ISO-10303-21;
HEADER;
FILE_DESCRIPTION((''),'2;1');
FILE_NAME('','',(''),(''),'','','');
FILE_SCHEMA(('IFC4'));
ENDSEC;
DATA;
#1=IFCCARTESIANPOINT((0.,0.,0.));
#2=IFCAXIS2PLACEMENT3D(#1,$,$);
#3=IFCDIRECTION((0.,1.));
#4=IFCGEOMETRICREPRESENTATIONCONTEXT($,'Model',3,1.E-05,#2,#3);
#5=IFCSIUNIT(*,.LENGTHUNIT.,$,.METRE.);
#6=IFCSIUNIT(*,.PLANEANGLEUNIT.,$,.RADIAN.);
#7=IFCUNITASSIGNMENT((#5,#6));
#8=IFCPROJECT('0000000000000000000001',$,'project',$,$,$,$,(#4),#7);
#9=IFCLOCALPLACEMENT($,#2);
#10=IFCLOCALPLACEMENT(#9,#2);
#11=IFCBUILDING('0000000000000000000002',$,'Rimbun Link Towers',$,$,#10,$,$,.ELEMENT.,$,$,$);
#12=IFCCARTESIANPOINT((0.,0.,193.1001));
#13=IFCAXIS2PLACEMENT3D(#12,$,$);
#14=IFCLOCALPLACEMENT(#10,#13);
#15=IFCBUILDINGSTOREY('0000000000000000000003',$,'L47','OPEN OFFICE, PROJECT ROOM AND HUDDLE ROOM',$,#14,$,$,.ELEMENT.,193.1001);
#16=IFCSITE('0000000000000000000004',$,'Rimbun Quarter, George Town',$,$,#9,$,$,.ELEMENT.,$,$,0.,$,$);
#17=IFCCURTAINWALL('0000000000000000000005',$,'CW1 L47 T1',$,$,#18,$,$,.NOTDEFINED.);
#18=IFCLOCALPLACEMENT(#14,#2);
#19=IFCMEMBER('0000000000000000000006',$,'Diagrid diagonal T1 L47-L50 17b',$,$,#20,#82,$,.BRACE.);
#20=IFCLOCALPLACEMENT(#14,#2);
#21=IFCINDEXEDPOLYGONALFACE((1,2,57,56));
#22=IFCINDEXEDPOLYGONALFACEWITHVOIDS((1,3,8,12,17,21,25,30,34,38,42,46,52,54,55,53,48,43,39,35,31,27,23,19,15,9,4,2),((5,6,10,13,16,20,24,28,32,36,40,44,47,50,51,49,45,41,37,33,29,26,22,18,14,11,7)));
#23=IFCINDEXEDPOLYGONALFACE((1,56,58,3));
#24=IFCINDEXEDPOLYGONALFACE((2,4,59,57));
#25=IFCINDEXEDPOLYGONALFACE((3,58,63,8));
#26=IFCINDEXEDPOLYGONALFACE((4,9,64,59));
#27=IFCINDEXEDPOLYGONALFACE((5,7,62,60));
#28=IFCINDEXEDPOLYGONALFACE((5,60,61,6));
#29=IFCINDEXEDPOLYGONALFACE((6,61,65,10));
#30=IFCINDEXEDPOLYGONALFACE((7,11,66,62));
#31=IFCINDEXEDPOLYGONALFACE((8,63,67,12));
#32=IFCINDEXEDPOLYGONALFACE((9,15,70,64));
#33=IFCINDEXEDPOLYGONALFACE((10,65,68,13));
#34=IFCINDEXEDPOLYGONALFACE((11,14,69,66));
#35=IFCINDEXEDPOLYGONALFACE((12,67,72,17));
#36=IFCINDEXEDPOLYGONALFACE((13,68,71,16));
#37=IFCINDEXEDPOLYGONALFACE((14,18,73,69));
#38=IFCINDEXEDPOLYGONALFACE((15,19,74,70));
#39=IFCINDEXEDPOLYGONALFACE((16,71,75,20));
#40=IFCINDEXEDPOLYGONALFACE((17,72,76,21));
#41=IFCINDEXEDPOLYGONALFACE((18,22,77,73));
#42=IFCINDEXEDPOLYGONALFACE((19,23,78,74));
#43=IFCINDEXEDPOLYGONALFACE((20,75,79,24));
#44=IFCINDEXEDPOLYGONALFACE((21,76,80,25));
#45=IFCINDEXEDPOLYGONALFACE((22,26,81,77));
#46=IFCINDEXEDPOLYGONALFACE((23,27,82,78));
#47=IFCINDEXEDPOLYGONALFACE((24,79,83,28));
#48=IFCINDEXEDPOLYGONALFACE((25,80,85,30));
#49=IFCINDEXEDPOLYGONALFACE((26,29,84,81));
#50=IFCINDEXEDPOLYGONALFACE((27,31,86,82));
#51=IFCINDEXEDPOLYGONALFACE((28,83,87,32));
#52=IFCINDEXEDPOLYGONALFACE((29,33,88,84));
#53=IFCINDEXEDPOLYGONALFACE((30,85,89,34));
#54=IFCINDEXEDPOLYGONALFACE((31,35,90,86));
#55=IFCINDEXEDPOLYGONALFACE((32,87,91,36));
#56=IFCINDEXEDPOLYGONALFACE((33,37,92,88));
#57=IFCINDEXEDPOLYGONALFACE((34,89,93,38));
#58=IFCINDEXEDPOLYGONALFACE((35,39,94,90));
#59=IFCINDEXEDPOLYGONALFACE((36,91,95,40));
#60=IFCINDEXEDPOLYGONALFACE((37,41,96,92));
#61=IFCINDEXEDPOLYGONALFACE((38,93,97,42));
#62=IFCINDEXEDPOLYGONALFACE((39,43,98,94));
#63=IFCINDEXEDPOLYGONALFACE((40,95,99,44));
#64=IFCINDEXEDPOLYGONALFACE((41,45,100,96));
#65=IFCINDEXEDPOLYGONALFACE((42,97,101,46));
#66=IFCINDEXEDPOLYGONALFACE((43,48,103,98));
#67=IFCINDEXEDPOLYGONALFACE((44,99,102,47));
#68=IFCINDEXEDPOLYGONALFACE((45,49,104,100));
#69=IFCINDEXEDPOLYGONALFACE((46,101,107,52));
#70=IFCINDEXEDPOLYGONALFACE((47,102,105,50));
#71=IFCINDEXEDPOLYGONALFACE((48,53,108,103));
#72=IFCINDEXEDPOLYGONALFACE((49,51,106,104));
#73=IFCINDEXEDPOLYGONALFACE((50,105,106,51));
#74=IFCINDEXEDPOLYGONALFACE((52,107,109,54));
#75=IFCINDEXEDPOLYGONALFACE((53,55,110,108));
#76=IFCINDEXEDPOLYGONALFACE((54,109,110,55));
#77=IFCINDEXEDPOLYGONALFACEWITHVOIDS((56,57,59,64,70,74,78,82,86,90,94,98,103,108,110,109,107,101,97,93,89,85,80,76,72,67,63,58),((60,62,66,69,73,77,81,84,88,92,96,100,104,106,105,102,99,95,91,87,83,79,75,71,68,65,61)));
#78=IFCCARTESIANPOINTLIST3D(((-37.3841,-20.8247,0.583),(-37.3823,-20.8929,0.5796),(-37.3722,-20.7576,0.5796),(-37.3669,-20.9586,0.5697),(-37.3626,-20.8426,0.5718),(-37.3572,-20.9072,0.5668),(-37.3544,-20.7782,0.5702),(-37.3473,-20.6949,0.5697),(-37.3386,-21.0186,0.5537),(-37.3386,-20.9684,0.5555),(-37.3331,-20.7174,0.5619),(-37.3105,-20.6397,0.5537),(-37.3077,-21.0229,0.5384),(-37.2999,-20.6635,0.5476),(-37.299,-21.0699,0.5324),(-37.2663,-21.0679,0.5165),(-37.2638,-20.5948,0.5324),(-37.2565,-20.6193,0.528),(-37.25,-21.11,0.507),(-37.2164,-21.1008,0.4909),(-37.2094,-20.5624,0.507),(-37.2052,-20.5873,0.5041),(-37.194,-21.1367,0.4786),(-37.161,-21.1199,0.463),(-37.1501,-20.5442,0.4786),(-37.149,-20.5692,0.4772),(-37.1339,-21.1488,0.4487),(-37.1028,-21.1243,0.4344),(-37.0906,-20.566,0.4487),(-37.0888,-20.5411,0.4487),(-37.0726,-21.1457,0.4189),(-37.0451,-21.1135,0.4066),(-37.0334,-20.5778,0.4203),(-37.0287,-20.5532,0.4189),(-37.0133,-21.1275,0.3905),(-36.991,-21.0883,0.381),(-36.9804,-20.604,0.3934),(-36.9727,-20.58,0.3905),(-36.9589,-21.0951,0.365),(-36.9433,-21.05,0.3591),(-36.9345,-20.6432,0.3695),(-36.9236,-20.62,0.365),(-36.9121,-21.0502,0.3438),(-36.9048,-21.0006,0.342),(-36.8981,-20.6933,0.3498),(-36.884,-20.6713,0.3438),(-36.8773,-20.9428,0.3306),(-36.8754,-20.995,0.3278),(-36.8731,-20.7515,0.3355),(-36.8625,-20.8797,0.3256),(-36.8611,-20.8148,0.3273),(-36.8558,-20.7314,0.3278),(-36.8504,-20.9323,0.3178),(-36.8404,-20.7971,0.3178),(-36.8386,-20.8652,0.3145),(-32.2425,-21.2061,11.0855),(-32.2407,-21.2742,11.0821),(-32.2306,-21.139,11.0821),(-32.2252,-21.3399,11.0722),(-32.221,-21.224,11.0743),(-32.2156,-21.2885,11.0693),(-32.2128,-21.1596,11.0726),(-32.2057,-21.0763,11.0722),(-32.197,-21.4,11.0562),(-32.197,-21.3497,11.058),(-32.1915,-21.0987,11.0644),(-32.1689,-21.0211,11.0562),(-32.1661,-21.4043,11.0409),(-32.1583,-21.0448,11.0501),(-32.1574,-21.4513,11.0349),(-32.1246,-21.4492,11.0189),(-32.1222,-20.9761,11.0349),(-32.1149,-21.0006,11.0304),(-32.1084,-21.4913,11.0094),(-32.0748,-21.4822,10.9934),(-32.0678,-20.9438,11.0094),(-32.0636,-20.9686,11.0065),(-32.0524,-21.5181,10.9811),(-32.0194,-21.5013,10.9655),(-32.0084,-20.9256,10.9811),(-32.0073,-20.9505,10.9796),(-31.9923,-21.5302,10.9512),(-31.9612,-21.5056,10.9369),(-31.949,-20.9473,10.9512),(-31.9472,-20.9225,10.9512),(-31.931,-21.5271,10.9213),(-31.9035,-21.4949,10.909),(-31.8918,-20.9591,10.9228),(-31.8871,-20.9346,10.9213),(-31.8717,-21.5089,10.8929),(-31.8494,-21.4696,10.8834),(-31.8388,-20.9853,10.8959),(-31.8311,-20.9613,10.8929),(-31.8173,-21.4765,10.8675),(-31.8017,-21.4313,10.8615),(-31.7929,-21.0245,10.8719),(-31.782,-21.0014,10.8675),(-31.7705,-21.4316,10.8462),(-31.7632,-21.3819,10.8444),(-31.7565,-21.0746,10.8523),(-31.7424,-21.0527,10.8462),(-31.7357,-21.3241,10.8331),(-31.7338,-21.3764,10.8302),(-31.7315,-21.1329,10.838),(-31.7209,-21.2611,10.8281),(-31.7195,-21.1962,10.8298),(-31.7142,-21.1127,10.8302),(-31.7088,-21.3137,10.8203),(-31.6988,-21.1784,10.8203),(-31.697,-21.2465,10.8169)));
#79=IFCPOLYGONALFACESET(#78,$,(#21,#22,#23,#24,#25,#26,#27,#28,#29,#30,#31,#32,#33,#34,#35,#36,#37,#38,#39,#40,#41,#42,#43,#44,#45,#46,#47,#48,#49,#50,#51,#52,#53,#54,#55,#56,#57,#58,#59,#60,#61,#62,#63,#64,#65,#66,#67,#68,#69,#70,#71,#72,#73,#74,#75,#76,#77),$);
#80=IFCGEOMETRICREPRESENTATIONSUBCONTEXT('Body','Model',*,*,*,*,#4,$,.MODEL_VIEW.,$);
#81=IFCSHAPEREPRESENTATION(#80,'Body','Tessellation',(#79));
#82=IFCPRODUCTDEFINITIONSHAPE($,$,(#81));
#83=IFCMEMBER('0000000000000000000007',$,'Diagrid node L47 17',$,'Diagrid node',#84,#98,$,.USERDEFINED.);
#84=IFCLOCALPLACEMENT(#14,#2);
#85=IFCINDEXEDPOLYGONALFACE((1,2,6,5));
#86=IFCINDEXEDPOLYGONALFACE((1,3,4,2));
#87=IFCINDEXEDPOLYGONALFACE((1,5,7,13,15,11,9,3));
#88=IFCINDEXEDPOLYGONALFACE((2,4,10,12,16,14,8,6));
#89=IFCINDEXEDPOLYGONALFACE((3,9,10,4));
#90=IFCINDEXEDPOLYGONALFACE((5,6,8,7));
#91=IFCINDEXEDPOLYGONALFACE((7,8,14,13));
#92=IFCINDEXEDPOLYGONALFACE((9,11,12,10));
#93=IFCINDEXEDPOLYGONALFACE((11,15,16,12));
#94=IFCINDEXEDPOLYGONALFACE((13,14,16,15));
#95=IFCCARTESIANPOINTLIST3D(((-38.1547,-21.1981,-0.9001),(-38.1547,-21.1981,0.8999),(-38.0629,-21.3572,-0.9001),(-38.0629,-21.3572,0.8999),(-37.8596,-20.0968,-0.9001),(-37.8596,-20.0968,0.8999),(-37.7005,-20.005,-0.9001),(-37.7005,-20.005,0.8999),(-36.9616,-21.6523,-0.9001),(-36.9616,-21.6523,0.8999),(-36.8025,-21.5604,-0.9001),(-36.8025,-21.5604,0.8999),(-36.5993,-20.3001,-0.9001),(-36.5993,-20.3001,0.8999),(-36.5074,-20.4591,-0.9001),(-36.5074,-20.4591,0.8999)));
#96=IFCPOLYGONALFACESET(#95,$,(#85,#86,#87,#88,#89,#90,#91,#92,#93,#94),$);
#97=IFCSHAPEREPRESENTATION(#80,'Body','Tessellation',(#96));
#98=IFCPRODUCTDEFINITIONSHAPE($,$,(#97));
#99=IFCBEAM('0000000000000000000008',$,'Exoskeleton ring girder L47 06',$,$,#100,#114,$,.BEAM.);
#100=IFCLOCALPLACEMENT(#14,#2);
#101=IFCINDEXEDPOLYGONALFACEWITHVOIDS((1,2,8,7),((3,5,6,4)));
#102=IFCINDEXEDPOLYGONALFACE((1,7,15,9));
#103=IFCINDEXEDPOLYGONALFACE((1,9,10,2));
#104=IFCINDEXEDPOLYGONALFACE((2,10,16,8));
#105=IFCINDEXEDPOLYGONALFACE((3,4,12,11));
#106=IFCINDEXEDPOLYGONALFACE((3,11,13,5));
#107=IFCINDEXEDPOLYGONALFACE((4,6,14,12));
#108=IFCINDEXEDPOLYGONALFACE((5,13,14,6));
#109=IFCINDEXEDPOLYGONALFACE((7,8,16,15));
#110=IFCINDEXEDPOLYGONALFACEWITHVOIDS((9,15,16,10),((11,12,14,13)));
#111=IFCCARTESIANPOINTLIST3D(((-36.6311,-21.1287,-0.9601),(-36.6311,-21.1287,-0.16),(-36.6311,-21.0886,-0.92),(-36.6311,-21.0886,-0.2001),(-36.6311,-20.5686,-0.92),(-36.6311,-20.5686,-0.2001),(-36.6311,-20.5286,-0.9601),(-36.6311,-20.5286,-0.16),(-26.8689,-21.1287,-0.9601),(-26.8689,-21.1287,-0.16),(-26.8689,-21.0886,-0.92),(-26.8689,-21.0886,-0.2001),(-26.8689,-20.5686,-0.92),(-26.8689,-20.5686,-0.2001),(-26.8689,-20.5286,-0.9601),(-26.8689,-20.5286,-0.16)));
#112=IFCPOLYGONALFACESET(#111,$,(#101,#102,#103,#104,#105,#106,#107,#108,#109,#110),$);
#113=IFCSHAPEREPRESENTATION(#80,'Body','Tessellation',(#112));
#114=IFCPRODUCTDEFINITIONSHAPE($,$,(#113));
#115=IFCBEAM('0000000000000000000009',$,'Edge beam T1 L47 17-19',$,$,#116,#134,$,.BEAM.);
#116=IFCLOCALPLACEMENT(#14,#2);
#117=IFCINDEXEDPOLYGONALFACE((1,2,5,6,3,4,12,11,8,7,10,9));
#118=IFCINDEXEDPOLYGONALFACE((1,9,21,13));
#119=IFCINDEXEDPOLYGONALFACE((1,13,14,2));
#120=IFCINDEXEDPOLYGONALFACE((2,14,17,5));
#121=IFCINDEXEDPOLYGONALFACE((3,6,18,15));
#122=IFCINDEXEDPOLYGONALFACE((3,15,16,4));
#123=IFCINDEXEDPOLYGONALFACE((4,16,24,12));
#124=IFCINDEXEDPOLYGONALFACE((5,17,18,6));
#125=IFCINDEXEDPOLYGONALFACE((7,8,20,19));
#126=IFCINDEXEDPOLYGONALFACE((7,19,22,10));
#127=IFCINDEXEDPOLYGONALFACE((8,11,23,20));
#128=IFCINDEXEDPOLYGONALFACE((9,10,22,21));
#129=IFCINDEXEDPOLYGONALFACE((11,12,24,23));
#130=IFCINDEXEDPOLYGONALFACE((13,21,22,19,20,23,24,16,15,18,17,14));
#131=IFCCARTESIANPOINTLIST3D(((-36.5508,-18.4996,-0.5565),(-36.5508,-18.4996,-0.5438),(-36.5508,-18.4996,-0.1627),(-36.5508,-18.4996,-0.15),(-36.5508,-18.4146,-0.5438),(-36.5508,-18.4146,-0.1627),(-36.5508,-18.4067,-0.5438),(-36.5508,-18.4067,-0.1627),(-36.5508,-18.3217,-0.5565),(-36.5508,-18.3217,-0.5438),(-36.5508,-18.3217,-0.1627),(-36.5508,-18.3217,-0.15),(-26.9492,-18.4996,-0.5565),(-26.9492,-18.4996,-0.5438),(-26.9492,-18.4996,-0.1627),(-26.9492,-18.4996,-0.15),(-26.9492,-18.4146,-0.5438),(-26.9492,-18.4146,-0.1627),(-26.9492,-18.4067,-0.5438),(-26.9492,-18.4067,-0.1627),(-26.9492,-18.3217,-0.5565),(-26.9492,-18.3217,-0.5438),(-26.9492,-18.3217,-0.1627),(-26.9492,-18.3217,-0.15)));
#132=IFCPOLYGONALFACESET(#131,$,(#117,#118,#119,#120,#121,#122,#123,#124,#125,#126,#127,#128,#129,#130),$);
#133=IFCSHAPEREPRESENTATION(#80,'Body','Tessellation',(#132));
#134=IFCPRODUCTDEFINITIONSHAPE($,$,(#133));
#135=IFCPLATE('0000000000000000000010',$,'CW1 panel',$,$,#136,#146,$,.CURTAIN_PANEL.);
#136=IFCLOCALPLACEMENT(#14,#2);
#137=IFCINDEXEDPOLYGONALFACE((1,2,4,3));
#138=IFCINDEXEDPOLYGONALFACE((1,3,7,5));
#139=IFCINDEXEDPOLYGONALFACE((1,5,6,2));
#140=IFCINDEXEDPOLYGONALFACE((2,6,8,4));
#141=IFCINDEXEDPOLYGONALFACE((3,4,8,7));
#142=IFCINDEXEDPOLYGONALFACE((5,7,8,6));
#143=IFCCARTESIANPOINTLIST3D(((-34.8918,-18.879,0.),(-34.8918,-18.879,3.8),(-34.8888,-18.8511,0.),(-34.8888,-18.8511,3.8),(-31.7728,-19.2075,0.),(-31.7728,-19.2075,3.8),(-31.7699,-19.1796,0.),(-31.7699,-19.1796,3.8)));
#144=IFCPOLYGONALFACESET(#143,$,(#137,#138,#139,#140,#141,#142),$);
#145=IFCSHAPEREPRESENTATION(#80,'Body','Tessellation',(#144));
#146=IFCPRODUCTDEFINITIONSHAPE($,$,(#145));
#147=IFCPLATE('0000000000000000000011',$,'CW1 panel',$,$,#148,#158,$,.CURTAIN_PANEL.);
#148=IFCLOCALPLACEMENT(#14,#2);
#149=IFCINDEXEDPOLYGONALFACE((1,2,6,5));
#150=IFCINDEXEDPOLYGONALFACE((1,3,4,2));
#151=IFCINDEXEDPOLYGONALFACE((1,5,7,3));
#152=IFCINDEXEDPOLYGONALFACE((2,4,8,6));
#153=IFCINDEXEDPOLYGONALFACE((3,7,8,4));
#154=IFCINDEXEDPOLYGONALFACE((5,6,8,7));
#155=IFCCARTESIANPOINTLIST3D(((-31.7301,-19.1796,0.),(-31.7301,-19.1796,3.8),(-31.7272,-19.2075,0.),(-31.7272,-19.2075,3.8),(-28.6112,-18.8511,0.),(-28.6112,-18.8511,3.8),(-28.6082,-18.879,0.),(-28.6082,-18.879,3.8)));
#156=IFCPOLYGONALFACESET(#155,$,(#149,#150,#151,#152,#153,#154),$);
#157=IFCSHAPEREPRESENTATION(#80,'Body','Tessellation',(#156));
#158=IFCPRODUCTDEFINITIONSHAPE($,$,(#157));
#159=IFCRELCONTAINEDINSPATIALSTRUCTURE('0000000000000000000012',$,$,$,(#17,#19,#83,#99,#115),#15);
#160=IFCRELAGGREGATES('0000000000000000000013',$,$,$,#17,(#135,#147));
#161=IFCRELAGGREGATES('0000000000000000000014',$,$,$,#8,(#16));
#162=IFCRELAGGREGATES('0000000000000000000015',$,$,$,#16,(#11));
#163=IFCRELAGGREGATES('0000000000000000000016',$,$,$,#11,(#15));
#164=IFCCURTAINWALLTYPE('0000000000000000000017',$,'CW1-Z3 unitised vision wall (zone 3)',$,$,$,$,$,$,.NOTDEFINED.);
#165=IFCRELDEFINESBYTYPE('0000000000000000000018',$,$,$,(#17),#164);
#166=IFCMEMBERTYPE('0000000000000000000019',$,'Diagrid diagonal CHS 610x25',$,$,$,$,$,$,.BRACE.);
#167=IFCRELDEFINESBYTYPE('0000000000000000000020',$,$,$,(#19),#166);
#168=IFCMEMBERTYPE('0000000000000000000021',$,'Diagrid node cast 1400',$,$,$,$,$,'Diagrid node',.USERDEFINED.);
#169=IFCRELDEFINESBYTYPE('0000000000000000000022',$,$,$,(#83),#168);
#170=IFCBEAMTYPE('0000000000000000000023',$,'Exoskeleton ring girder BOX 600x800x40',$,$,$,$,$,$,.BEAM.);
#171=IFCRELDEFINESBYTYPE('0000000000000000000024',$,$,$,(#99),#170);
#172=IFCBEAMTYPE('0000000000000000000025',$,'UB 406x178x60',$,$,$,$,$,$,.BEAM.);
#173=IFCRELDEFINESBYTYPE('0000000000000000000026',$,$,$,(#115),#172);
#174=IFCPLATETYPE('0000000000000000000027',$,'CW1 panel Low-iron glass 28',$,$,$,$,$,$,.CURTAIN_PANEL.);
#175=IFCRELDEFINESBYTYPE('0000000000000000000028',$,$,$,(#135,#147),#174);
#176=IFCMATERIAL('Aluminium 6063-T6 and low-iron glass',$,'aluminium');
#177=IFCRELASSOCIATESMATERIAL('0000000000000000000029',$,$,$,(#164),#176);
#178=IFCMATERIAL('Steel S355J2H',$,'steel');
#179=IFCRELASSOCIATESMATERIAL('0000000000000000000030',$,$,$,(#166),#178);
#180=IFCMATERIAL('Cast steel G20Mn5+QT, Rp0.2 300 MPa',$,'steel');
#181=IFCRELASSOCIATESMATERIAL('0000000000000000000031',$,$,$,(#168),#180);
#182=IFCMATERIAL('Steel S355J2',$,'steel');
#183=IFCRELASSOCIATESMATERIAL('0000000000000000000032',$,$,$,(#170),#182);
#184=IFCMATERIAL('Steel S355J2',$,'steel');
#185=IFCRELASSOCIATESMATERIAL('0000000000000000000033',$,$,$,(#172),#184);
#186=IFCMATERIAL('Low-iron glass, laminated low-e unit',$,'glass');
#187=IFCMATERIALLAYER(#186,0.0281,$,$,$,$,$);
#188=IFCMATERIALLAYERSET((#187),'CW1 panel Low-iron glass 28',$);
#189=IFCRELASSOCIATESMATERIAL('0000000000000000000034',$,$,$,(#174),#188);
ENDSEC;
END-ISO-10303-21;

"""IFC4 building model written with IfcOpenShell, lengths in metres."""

from ifc_helpers import new_model, si_unit, direction, frame, origin, origin_2d, place, context, subcontext, project, spatial, polyline, rectangle, hollow_rectangle, hollow_circle, i_section, outline, extrude, material, layer, layer_set, material_profile, profile_set, type_object, element, aggregate, save


model = new_model("IFC4")

# Units and contexts
model_context = context("Model", 3, precision=1e-05, world=origin(), true_north=direction((0.0, 1.0)))
body_context = subcontext(model_context, "Body", "Model", "MODEL_VIEW")
ifc_project = project(units=[si_unit("LENGTHUNIT", "METRE"), si_unit("PLANEANGLEUNIT", "RADIAN")], contexts=[model_context])

# Site, building, storey
site_placement = place(None, origin())
site = spatial("IfcSite", under=ifc_project, at=site_placement, Name="Rimbun Quarter, George Town", CompositionType="ELEMENT", RefElevation=0.0)
building_placement = place(site_placement, origin())
building = spatial("IfcBuilding", under=site, at=building_placement, Name="Rimbun Link Towers", CompositionType="ELEMENT")
storey_placement = place(building_placement, frame((0.0, 0.0, 193.1001)))
storey = spatial("IfcBuildingStorey", under=building, at=storey_placement, Name="L47", Description="OPEN OFFICE, PROJECT ROOM AND HUDDLE ROOM", CompositionType="ELEMENT", Elevation=193.1001)

# Curtain wall
ifc_material_1 = material(Name="Aluminium 6063-T6 and low-iron glass", Category="aluminium")
curtain_wall_type = type_object("IfcCurtainWallType", Name="CW1-Z3 unitised vision wall (zone 3)", PredefinedType="NOTDEFINED", material=ifc_material_1)
curtain_wall_placement = place(storey_placement, origin())
curtain_wall = element("IfcCurtainWall", 1, at=curtain_wall_placement, inside=storey, type_object=curtain_wall_type, Name="CW1 L47 T1", PredefinedType="NOTDEFINED")

# Members
ifc_material_2 = material(Name="Steel S355J2H", Category="steel")
ifc_material_profile_1 = material_profile(ifc_material_2, hollow_circle(Radius=0.3047, WallThickness=0.0249, at=origin_2d()), Name="Diagrid diagonal CHS 610x25")
ifc_profile_set_1 = profile_set([ifc_material_profile_1], Name="Steel S355J2H")
member_type_1 = type_object("IfcMemberType", Name="Diagrid diagonal CHS 610x25", PredefinedType="BRACE", material=ifc_profile_set_1)
member_1_placement = place(storey_placement, frame((-37.1113, -20.845, 0.4487), z_axis=(0.439465, -0.032595, 0.897668), x_axis=(0.073966, 0.997261, 0.0)))
element("IfcMember", 2, at=member_1_placement, inside=storey, type_object=member_type_1, Name="Diagrid diagonal T1 L47-L50 17b", PredefinedType="BRACE", context=body_context, shape_type="SweptSolid", body=[
    extrude(hollow_circle(Radius=0.3047, WallThickness=0.0249, at=origin_2d()), origin(), (0.0, 0.0, 1.0), 11.6997),
])
ifc_material_3 = material(Name="Cast steel G20Mn5+QT, Rp0.2 300 MPa", Category="steel")
ifc_material_profile_2 = material_profile(ifc_material_3, outline(polyline([(0.7, -0.5701), (0.7, 0.5701), (0.5701, 0.7), (-0.5701, 0.7), (-0.7, 0.5701), (-0.7, -0.5701), (-0.5701, -0.7), (0.5701, -0.7), (0.7, -0.5701)])), Name="NODE 1400x1400")
ifc_profile_set_2 = profile_set([ifc_material_profile_2], Name="Cast steel G20Mn5+QT, Rp0.2 300 MPa")
member_type_2 = type_object("IfcMemberType", Name="Diagrid node cast 1400", ElementType="Diagrid node", PredefinedType="USERDEFINED", material=ifc_profile_set_2)
member_2_placement = place(storey_placement, frame((-37.3311, -20.8286, -0.9001), z_axis=(0.0, 0.0, 1.0), x_axis=(-0.258819, -0.965926, 0.0)))
element("IfcMember", 3, at=member_2_placement, inside=storey, type_object=member_type_2, Name="Diagrid node L47 17", ObjectType="Diagrid node", PredefinedType="USERDEFINED", context=body_context, shape_type="SweptSolid", body=[
    extrude(outline(polyline([(0.7, -0.5701), (0.7, 0.5701), (0.5701, 0.7), (-0.5701, 0.7), (-0.7, 0.5701), (-0.7, -0.5701), (-0.5701, -0.7), (0.5701, -0.7), (0.7, -0.5701)])), origin(), (0.0, 0.0, 1.0), 1.8),
])

# Beams
ifc_material_4 = material(Name="Steel S355J2", Category="steel")
ifc_material_profile_3 = material_profile(ifc_material_4, hollow_rectangle(XDim=0.6001, YDim=0.8, WallThickness=0.04, at=origin_2d()), Name="Exoskeleton ring girder BOX 600x800x40")
ifc_profile_set_3 = profile_set([ifc_material_profile_3], Name="Steel S355J2")
beam_type_1 = type_object("IfcBeamType", Name="Exoskeleton ring girder BOX 600x800x40", PredefinedType="BEAM", material=ifc_profile_set_3)
beam_1_placement = place(storey_placement, frame((-36.6311, -20.8286, -0.5601), z_axis=(1.0, 0.0, 0.0), x_axis=(0.0, 1.0, 0.0)))
element("IfcBeam", 4, at=beam_1_placement, inside=storey, type_object=beam_type_1, Name="Exoskeleton ring girder L47 06", PredefinedType="BEAM", context=body_context, shape_type="SweptSolid", body=[
    extrude(hollow_rectangle(XDim=0.6001, YDim=0.8, WallThickness=0.04, at=origin_2d()), origin(), (0.0, 0.0, 1.0), 9.7622),
])
ifc_material_5 = material(Name="Steel S355J2", Category="steel")
ifc_material_profile_4 = material_profile(ifc_material_5, i_section(OverallWidth=0.178, OverallDepth=0.4065, WebThickness=0.0078, FlangeThickness=0.0127, at=origin_2d()), Name="UB 406x178x60")
ifc_profile_set_4 = profile_set([ifc_material_profile_4], Name="Steel S355J2")
beam_type_2 = type_object("IfcBeamType", Name="UB 406x178x60", PredefinedType="BEAM", material=ifc_profile_set_4)
beam_2_placement = place(storey_placement, frame((-36.5508, -18.4106, -0.3533), z_axis=(1.0, 0.0, 0.0), x_axis=(0.0, 1.0, 0.0)))
element("IfcBeam", 5, at=beam_2_placement, inside=storey, type_object=beam_type_2, Name="Edge beam T1 L47 17-19", PredefinedType="BEAM", context=body_context, shape_type="SweptSolid", body=[
    extrude(i_section(OverallWidth=0.178, OverallDepth=0.4065, WebThickness=0.0078, FlangeThickness=0.0127, at=origin_2d()), origin(), (0.0, 0.0, 1.0), 9.6016),
])

# Plates
ifc_material_6 = material(Name="Low-iron glass, laminated low-e unit", Category="glass")
ifc_layer_1 = layer(ifc_material_6, 0.0281)
ifc_layer_set_1 = layer_set([ifc_layer_1], Name="CW1 panel Low-iron glass 28")
plate_type = type_object("IfcPlateType", Name="CW1 panel Low-iron glass 28", PredefinedType="CURTAIN_PANEL", material=ifc_layer_set_1)
plate_1_placement = place(storey_placement, frame((-33.3308, -19.0293, 0.0), z_axis=(0.0, 0.0, 1.0), x_axis=(-0.994499, 0.104748, 0.0)))
plate_1 = element("IfcPlate", 6, at=plate_1_placement, type_object=plate_type, Name="CW1 panel", PredefinedType="CURTAIN_PANEL", context=body_context, shape_type="SweptSolid", body=[
    extrude(rectangle(XDim=3.1362, YDim=0.0281, at=origin_2d()), origin(), (0.0, 0.0, 1.0), 3.8),
])
plate_2_placement = place(storey_placement, frame((-30.1692, -19.0293, 0.0), z_axis=(0.0, 0.0, 1.0), x_axis=(-0.994499, -0.104748, 0.0)))
plate_2 = element("IfcPlate", 7, at=plate_2_placement, type_object=plate_type, Name="CW1 panel", PredefinedType="CURTAIN_PANEL", context=body_context, shape_type="SweptSolid", body=[
    extrude(rectangle(XDim=3.1362, YDim=0.0281, at=origin_2d()), origin(), (0.0, 0.0, 1.0), 3.8),
])
aggregate(curtain_wall, [plate_1, plate_2])

save(model, "model.ifc")
